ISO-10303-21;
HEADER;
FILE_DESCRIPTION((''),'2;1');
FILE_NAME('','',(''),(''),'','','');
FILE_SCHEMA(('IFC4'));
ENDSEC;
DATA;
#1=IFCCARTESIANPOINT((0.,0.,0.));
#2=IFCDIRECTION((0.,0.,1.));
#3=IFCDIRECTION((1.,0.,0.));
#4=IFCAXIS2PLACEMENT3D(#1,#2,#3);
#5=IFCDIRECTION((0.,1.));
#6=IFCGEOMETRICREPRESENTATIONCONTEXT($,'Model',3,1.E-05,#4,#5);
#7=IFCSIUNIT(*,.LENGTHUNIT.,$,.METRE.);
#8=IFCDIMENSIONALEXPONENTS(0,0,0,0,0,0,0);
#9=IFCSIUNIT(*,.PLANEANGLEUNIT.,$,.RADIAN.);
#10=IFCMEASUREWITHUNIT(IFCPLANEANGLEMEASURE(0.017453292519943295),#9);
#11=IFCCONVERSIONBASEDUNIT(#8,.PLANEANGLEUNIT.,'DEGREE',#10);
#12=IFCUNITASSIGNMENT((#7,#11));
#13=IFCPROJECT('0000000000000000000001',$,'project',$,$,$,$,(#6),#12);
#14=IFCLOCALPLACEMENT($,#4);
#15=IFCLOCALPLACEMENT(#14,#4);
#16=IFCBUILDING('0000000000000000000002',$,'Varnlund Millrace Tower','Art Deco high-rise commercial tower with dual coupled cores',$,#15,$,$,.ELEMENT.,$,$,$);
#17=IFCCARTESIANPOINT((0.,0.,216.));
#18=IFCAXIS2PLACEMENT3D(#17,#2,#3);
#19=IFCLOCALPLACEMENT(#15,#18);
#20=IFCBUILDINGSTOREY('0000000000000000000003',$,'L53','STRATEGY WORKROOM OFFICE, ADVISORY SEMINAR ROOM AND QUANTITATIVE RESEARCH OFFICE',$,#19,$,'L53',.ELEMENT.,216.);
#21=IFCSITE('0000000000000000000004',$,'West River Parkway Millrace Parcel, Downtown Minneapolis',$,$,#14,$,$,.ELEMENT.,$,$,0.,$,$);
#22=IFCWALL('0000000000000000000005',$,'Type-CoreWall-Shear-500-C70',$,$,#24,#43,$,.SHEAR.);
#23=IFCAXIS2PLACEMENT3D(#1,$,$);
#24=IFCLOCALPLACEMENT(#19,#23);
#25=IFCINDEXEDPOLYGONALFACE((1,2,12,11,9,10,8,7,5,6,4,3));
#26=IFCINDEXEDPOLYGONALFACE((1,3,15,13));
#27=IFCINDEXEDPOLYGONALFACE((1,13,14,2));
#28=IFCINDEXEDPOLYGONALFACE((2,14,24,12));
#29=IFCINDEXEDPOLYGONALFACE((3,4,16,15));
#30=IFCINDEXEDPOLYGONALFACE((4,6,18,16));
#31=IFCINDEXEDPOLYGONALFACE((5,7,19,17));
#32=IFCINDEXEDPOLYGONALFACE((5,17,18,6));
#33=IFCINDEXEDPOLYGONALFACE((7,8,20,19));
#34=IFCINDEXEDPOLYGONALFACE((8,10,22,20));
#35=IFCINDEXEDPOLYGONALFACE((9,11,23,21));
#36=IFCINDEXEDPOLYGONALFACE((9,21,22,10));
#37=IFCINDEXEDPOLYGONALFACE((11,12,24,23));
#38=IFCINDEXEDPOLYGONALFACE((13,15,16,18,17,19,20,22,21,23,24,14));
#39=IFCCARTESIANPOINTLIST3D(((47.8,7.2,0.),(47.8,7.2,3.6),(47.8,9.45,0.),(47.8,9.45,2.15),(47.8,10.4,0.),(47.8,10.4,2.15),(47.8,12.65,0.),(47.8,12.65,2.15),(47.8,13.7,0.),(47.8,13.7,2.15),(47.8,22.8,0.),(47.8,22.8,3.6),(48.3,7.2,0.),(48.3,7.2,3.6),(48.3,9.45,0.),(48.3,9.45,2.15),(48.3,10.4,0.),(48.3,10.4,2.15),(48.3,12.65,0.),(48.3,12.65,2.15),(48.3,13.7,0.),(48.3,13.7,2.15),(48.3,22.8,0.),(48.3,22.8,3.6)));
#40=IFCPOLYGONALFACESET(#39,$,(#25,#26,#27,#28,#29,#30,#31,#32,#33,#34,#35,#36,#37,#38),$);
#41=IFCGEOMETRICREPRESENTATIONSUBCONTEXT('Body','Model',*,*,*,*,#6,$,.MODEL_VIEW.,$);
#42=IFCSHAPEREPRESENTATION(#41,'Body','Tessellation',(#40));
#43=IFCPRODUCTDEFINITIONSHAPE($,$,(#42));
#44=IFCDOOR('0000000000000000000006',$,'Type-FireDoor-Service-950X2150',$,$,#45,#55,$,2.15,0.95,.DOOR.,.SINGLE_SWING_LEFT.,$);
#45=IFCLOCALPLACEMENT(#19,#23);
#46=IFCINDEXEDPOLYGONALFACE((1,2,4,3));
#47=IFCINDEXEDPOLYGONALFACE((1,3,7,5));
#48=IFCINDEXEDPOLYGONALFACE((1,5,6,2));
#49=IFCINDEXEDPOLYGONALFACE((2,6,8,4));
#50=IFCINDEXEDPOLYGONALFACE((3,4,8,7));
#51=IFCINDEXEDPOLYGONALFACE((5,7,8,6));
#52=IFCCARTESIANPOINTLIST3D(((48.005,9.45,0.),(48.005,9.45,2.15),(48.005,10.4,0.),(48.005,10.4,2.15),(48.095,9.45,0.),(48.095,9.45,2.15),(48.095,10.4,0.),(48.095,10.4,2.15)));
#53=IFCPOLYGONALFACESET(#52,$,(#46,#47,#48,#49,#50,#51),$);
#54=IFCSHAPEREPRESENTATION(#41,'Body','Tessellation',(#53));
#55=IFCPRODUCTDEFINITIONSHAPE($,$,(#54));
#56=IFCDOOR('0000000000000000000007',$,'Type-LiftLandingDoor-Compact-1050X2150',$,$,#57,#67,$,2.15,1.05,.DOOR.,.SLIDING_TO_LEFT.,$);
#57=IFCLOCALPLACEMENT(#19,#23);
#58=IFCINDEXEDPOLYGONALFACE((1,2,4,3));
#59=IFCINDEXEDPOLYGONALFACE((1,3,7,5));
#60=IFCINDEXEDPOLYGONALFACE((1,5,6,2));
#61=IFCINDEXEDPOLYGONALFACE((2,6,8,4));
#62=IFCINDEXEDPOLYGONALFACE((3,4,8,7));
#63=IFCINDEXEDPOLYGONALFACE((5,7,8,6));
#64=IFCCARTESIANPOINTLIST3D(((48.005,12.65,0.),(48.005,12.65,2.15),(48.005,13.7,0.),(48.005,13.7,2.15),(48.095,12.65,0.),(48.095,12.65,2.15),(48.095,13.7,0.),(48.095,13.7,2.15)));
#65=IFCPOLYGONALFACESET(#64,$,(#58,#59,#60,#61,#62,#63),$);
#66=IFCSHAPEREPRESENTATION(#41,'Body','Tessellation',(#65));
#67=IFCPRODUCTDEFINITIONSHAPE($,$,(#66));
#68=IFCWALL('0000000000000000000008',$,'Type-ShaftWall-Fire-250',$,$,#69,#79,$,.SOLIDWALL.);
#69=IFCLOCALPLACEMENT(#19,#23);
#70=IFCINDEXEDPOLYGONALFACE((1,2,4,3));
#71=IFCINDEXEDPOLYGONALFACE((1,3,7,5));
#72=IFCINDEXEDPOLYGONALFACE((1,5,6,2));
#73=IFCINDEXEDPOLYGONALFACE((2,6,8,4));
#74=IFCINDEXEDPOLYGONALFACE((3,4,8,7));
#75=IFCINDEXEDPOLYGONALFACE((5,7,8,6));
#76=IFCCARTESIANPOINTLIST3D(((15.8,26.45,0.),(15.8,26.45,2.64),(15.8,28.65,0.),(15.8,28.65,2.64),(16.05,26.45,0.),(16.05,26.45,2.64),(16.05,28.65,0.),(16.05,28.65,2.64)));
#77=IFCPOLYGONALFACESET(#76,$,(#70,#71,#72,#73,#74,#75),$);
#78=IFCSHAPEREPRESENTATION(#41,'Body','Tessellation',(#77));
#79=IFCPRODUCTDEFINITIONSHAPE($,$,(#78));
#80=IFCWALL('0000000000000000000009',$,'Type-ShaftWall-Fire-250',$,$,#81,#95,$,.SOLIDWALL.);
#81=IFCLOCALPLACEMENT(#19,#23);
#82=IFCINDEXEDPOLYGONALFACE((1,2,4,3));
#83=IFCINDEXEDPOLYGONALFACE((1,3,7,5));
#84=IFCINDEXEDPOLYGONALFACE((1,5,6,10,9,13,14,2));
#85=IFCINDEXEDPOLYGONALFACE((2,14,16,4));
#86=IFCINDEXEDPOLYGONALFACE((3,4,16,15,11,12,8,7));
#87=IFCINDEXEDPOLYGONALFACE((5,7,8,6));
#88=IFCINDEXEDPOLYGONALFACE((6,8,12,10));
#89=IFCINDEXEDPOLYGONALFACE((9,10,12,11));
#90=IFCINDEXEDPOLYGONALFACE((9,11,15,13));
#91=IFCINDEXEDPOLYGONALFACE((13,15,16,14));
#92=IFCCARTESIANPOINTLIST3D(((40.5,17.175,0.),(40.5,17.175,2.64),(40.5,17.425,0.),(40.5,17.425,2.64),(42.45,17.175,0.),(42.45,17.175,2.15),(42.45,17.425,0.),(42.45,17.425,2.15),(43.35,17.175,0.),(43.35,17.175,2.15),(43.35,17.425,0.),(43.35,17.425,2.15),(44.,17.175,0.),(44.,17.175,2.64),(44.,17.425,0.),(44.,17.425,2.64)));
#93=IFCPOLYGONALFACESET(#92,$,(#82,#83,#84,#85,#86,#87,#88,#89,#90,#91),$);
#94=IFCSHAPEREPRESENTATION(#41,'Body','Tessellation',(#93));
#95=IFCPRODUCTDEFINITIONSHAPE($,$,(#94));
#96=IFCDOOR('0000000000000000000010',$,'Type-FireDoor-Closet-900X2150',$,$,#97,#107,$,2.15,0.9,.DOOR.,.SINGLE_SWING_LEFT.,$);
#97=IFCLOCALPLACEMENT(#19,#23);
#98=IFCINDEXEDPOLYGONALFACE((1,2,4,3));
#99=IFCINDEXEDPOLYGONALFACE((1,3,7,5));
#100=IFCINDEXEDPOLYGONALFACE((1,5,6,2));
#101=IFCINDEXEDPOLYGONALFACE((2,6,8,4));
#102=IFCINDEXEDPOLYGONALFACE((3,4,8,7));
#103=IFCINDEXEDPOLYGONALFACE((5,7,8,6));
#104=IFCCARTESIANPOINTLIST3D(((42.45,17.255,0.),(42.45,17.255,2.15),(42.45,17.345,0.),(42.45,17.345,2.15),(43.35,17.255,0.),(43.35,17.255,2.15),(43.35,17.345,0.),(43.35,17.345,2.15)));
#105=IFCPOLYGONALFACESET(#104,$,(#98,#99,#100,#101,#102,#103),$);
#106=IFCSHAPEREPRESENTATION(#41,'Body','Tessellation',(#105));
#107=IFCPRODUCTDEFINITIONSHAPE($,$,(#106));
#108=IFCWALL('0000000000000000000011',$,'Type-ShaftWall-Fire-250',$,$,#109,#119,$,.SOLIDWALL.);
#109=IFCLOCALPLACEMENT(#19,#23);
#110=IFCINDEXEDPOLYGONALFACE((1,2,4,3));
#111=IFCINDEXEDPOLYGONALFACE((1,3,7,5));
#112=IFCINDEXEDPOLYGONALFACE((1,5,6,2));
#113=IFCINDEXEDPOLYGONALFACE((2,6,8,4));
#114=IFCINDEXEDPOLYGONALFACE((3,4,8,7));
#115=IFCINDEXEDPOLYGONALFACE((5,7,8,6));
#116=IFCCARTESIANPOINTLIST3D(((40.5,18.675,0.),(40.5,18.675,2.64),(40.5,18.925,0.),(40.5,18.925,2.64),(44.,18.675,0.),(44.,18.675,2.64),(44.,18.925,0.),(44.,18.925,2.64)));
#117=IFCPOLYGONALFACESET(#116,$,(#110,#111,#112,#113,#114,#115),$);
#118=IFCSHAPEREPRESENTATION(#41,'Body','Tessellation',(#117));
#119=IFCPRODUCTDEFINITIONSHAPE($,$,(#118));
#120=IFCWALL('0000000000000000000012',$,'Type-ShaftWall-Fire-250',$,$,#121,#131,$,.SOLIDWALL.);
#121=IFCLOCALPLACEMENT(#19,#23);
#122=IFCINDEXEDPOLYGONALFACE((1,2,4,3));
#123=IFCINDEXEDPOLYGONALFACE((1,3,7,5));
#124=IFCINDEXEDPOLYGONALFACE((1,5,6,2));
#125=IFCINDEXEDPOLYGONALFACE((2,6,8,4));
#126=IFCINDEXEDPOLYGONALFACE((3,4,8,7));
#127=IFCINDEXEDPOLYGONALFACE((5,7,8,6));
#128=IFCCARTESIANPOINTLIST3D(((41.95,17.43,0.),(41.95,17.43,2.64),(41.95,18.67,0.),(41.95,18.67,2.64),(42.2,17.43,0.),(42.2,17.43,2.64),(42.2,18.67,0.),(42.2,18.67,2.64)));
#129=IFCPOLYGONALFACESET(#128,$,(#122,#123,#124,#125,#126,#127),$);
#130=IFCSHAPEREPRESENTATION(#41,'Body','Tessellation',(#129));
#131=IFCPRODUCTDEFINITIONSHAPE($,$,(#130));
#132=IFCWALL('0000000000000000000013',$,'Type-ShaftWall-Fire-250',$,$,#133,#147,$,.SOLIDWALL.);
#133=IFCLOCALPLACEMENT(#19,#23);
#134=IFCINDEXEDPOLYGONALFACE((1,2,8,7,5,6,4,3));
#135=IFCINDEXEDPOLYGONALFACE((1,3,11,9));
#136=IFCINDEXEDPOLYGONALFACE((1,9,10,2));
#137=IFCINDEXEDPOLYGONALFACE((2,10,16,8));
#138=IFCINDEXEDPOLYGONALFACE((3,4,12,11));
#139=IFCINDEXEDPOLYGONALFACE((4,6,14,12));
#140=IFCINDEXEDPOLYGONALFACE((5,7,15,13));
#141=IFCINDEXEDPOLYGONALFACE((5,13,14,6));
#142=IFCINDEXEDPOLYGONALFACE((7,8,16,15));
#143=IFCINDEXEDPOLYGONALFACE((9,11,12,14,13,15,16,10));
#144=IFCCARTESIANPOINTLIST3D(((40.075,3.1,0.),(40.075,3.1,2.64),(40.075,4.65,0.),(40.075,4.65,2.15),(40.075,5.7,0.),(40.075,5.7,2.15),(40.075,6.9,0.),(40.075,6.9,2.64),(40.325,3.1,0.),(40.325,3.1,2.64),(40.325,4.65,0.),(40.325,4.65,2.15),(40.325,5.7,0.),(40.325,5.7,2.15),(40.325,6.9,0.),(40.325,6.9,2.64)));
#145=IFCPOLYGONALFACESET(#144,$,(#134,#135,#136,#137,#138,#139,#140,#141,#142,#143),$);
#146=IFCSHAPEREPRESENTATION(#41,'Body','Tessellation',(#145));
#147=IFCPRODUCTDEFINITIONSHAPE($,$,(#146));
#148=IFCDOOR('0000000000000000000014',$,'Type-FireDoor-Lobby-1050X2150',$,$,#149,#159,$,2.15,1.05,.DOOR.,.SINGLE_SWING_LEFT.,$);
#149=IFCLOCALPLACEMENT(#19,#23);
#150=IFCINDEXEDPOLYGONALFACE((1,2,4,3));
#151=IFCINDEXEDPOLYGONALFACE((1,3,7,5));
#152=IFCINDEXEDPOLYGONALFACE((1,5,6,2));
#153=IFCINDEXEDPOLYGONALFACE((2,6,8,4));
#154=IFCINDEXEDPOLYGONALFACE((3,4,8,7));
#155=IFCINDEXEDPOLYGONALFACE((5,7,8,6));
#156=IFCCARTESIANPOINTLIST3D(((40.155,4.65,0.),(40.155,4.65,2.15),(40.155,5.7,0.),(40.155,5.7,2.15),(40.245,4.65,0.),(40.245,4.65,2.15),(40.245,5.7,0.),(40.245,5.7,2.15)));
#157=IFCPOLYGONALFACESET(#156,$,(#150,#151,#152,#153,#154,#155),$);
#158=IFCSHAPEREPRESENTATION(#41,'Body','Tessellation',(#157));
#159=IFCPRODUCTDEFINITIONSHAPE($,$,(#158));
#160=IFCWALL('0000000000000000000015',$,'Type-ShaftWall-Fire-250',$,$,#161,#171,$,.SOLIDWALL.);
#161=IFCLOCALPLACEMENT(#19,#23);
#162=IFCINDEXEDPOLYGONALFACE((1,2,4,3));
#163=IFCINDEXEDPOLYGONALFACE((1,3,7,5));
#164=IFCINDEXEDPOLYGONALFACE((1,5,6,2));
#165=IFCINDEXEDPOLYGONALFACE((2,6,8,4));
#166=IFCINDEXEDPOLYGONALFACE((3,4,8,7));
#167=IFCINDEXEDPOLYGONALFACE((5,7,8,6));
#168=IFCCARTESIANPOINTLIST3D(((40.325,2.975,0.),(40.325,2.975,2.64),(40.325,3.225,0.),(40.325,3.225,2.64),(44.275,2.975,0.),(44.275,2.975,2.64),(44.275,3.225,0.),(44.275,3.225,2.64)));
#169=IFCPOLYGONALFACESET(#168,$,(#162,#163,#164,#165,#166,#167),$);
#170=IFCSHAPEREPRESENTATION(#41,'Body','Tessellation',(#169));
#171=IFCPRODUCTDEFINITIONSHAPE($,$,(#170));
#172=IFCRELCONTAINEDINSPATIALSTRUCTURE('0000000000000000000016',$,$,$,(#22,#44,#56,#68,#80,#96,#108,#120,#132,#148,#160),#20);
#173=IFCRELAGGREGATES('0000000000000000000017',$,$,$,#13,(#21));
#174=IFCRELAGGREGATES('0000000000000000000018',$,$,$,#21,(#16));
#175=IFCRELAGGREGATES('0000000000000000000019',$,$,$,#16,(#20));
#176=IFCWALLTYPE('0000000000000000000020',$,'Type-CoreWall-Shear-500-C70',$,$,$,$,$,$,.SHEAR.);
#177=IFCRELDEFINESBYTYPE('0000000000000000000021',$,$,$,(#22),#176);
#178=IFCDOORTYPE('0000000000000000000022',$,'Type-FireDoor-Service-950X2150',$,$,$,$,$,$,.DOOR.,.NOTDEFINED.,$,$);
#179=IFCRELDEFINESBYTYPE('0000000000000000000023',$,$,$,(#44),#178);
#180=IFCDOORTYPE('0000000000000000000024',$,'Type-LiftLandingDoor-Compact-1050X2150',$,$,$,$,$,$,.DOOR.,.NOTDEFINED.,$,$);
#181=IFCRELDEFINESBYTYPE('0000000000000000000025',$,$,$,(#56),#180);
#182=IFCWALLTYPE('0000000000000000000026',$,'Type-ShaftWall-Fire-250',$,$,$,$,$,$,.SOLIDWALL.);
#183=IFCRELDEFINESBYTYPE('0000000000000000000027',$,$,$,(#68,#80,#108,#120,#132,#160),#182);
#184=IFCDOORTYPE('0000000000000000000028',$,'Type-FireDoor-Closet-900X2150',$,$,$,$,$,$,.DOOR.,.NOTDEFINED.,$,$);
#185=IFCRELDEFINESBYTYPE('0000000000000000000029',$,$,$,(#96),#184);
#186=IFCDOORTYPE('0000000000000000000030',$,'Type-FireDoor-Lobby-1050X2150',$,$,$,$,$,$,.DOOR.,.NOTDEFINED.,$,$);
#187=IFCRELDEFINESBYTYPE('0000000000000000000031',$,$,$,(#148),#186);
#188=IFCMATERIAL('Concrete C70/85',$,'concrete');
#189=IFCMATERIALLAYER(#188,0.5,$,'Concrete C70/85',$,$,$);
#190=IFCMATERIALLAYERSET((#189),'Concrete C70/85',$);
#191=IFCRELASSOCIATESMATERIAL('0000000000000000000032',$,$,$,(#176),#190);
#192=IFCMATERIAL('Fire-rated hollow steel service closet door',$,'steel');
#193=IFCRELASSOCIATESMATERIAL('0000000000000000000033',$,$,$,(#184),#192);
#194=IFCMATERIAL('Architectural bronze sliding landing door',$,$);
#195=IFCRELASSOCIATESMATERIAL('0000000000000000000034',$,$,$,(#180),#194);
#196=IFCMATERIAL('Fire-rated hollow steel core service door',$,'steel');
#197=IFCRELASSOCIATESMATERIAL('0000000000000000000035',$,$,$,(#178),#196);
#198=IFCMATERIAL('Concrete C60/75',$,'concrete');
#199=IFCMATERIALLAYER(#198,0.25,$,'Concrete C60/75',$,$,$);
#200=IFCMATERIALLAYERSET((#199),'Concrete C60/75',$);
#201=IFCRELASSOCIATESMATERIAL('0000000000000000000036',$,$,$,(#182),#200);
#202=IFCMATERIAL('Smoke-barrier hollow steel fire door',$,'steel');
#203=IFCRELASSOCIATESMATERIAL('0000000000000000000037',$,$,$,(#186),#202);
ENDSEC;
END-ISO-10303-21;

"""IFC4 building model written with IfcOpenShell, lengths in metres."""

from ifc_helpers import new_model, entity, si_unit, converted_unit, direction, frame, origin_with_axes, origin_2d_with_axis, place, context, subcontext, project, spatial, polyline, rectangle, outline, extrude, material, layer, layer_set, type_object, element, fill, save


model = new_model("IFC4")

# Units and contexts
model_context = context("Model", 3, precision=1e-05, world=origin_with_axes(), true_north=direction((0.0, 1.0)))
body_context = subcontext(model_context, "Body", "Model", "MODEL_VIEW")
ifc_project = project(units=[si_unit("LENGTHUNIT", "METRE"), converted_unit("PLANEANGLEUNIT", "DEGREE", entity("IfcPlaneAngleMeasure", 0.017453292519943295), si_unit("PLANEANGLEUNIT", "RADIAN"), dimensions=[0, 0, 0, 0, 0, 0, 0])], contexts=[model_context])

# Site, building, storey
site_placement = place(None, origin_with_axes())
site = spatial("IfcSite", under=ifc_project, at=site_placement, Name="West River Parkway Millrace Parcel, Downtown Minneapolis", CompositionType="ELEMENT", RefElevation=0.0)
building_placement = place(site_placement, origin_with_axes())
building = spatial("IfcBuilding", under=site, at=building_placement, Name="Varnlund Millrace Tower", Description="Art Deco high-rise commercial tower with dual coupled cores", CompositionType="ELEMENT")
storey_placement = place(building_placement, frame((0.0, 0.0, 216.0), z_axis=(0.0, 0.0, 1.0), x_axis=(1.0, 0.0, 0.0)))
storey = spatial("IfcBuildingStorey", under=building, at=storey_placement, Name="L53", Description="STRATEGY WORKROOM OFFICE, ADVISORY SEMINAR ROOM AND QUANTITATIVE RESEARCH OFFICE", LongName="L53", CompositionType="ELEMENT", Elevation=216.0)

# Shared definitions
ifc_material_1 = material(Name="Concrete C70/85", Category="concrete")
ifc_layer_1 = layer(ifc_material_1, 0.5, Name="Concrete C70/85")
ifc_layer_set_1 = layer_set([ifc_layer_1], Name="Concrete C70/85")
wall_type_1 = type_object("IfcWallType", Name="Type-CoreWall-Shear-500-C70", PredefinedType="SHEAR", material=ifc_layer_set_1)
ifc_material_2 = material(Name="Fire-rated hollow steel service closet door", Category="steel")
door_type_1 = type_object("IfcDoorType", Name="Type-FireDoor-Closet-900X2150", OperationType="NOTDEFINED", PredefinedType="DOOR", material=ifc_material_2)
ifc_material_3 = material(Name="Architectural bronze sliding landing door")
door_type_2 = type_object("IfcDoorType", Name="Type-LiftLandingDoor-Compact-1050X2150", OperationType="NOTDEFINED", PredefinedType="DOOR", material=ifc_material_3)

# Wall, openings, doors
wall_1_placement = place(storey_placement, frame((48.05, 7.2, 0.0), z_axis=(0.0, 0.0, 1.0), x_axis=(0.0, 1.0, 0.0)))
wall_1 = element("IfcWall", 1, at=wall_1_placement, inside=storey, type_object=wall_type_1, Name="Type-CoreWall-Shear-500-C70", PredefinedType="SHEAR", context=body_context, shape_type="SweptSolid", body=[
    extrude(outline(polyline([(0.0, -0.25), (15.6, -0.25), (15.6, 0.25), (0.0, 0.25), (0.0, -0.25)])), origin_with_axes(), (0.0, 0.0, 1.0), 3.6),
])
opening_1_placement = place(wall_1_placement, frame((5.975, 0.0, 0.0), z_axis=(0.0, 0.0, 1.0), x_axis=(1.0, 0.0, 0.0)))
opening_1 = element("IfcOpeningElement", 2, at=opening_1_placement, cuts=wall_1, PredefinedType="OPENING", context=body_context, shape_type="SweptSolid", body=[
    extrude(rectangle(XDim=1.05, YDim=0.52, at=origin_2d_with_axis()), origin_with_axes(), (0.0, 0.0, 1.0), 2.15),
])
opening_2_placement = place(wall_1_placement, frame((2.725, 0.0, 0.0), z_axis=(0.0, 0.0, 1.0), x_axis=(1.0, 0.0, 0.0)))
opening_2 = element("IfcOpeningElement", 3, at=opening_2_placement, cuts=wall_1, PredefinedType="OPENING", context=body_context, shape_type="SweptSolid", body=[
    extrude(rectangle(XDim=0.95, YDim=0.52, at=origin_2d_with_axis()), origin_with_axes(), (0.0, 0.0, 1.0), 2.15),
])
ifc_material_4 = material(Name="Fire-rated hollow steel core service door", Category="steel")
door_type_3 = type_object("IfcDoorType", Name="Type-FireDoor-Service-950X2150", OperationType="NOTDEFINED", PredefinedType="DOOR", material=ifc_material_4)
door_1_placement = place(wall_1_placement, frame((2.725, 0.0, 0.0), z_axis=(0.0, 0.0, 1.0), x_axis=(1.0, 0.0, 0.0)))
door_1 = element("IfcDoor", 4, at=door_1_placement, inside=storey, type_object=door_type_3, Name="Type-FireDoor-Service-950X2150", OperationType="SINGLE_SWING_LEFT", OverallHeight=2.15, OverallWidth=0.95, PredefinedType="DOOR", context=body_context, shape_type="SweptSolid", body=[
    extrude(rectangle(XDim=0.95, YDim=0.09, at=origin_2d_with_axis()), origin_with_axes(), (0.0, 0.0, 1.0), 2.15),
])
fill(opening_2, door_1)
door_2_placement = place(wall_1_placement, frame((5.975, 0.0, 0.0), z_axis=(0.0, 0.0, 1.0), x_axis=(1.0, 0.0, 0.0)))
door_2 = element("IfcDoor", 5, at=door_2_placement, inside=storey, type_object=door_type_2, Name="Type-LiftLandingDoor-Compact-1050X2150", OperationType="SLIDING_TO_LEFT", OverallHeight=2.15, OverallWidth=1.05, PredefinedType="DOOR", context=body_context, shape_type="SweptSolid", body=[
    extrude(rectangle(XDim=1.05, YDim=0.09, at=origin_2d_with_axis()), origin_with_axes(), (0.0, 0.0, 1.0), 2.15),
])
fill(opening_1, door_2)

# Wall
ifc_material_5 = material(Name="Concrete C60/75", Category="concrete")
ifc_layer_2 = layer(ifc_material_5, 0.25, Name="Concrete C60/75")
ifc_layer_set_2 = layer_set([ifc_layer_2], Name="Concrete C60/75")
wall_type_2 = type_object("IfcWallType", Name="Type-ShaftWall-Fire-250", PredefinedType="SOLIDWALL", material=ifc_layer_set_2)
wall_2_placement = place(storey_placement, frame((15.925, 26.45, 0.0), z_axis=(0.0, 0.0, 1.0), x_axis=(0.0, 1.0, 0.0)))
element("IfcWall", 6, at=wall_2_placement, inside=storey, type_object=wall_type_2, Name="Type-ShaftWall-Fire-250", PredefinedType="SOLIDWALL", context=body_context, shape_type="SweptSolid", body=[
    extrude(outline(polyline([(0.0, -0.125), (2.2, -0.125), (2.2, 0.125), (0.0, 0.125), (0.0, -0.125)])), origin_with_axes(), (0.0, 0.0, 1.0), 2.64),
])

# Wall, opening, door
wall_3_placement = place(storey_placement, frame((40.5, 17.3, 0.0), z_axis=(0.0, 0.0, 1.0), x_axis=(1.0, 0.0, 0.0)))
wall_3 = element("IfcWall", 7, at=wall_3_placement, inside=storey, type_object=wall_type_2, Name="Type-ShaftWall-Fire-250", PredefinedType="SOLIDWALL", context=body_context, shape_type="SweptSolid", body=[
    extrude(outline(polyline([(0.0, -0.125), (3.5, -0.125), (3.5, 0.125), (0.0, 0.125), (0.0, -0.125)])), origin_with_axes(), (0.0, 0.0, 1.0), 2.64),
])
opening_3_placement = place(wall_3_placement, frame((2.4, 0.0, 0.0), z_axis=(0.0, 0.0, 1.0), x_axis=(1.0, 0.0, 0.0)))
opening_3 = element("IfcOpeningElement", 8, at=opening_3_placement, cuts=wall_3, PredefinedType="OPENING", context=body_context, shape_type="SweptSolid", body=[
    extrude(rectangle(XDim=0.9, YDim=0.27, at=origin_2d_with_axis()), origin_with_axes(), (0.0, 0.0, 1.0), 2.15),
])
door_3_placement = place(wall_3_placement, frame((2.4, 0.0, 0.0), z_axis=(0.0, 0.0, 1.0), x_axis=(1.0, 0.0, 0.0)))
door_3 = element("IfcDoor", 9, at=door_3_placement, inside=storey, type_object=door_type_1, Name="Type-FireDoor-Closet-900X2150", OperationType="SINGLE_SWING_LEFT", OverallHeight=2.15, OverallWidth=0.9, PredefinedType="DOOR", context=body_context, shape_type="SweptSolid", body=[
    extrude(rectangle(XDim=0.9, YDim=0.09, at=origin_2d_with_axis()), origin_with_axes(), (0.0, 0.0, 1.0), 2.15),
])
fill(opening_3, door_3)

# Walls
wall_4_placement = place(storey_placement, frame((40.5, 18.8, 0.0), z_axis=(0.0, 0.0, 1.0), x_axis=(1.0, 0.0, 0.0)))
element("IfcWall", 10, at=wall_4_placement, inside=storey, type_object=wall_type_2, Name="Type-ShaftWall-Fire-250", PredefinedType="SOLIDWALL", context=body_context, shape_type="SweptSolid", body=[
    extrude(outline(polyline([(0.0, -0.125), (3.5, -0.125), (3.5, 0.125), (0.0, 0.125), (0.0, -0.125)])), origin_with_axes(), (0.0, 0.0, 1.0), 2.64),
])
wall_5_placement = place(storey_placement, frame((42.075, 17.43, 0.0), z_axis=(0.0, 0.0, 1.0), x_axis=(0.0, 1.0, 0.0)))
element("IfcWall", 11, at=wall_5_placement, inside=storey, type_object=wall_type_2, Name="Type-ShaftWall-Fire-250", PredefinedType="SOLIDWALL", context=body_context, shape_type="SweptSolid", body=[
    extrude(outline(polyline([(0.0, -0.125), (1.24, -0.125), (1.24, 0.125), (0.0, 0.125), (0.0, -0.125)])), origin_with_axes(), (0.0, 0.0, 1.0), 2.64),
])

# Wall, opening, door
wall_6_placement = place(storey_placement, frame((40.2, 3.1, 0.0), z_axis=(0.0, 0.0, 1.0), x_axis=(0.0, 1.0, 0.0)))
wall_6 = element("IfcWall", 12, at=wall_6_placement, inside=storey, type_object=wall_type_2, Name="Type-ShaftWall-Fire-250", PredefinedType="SOLIDWALL", context=body_context, shape_type="SweptSolid", body=[
    extrude(outline(polyline([(0.0, -0.125), (3.8, -0.125), (3.8, 0.125), (0.0, 0.125), (0.0, -0.125)])), origin_with_axes(), (0.0, 0.0, 1.0), 2.64),
])
opening_4_placement = place(wall_6_placement, frame((2.075, 0.0, 0.0), z_axis=(0.0, 0.0, 1.0), x_axis=(1.0, 0.0, 0.0)))
opening_4 = element("IfcOpeningElement", 13, at=opening_4_placement, cuts=wall_6, PredefinedType="OPENING", context=body_context, shape_type="SweptSolid", body=[
    extrude(rectangle(XDim=1.05, YDim=0.27, at=origin_2d_with_axis()), origin_with_axes(), (0.0, 0.0, 1.0), 2.15),
])
ifc_material_6 = material(Name="Smoke-barrier hollow steel fire door", Category="steel")
door_type_4 = type_object("IfcDoorType", Name="Type-FireDoor-Lobby-1050X2150", OperationType="NOTDEFINED", PredefinedType="DOOR", material=ifc_material_6)
door_4_placement = place(wall_6_placement, frame((2.075, 0.0, 0.0), z_axis=(0.0, 0.0, 1.0), x_axis=(1.0, 0.0, 0.0)))
door_4 = element("IfcDoor", 14, at=door_4_placement, inside=storey, type_object=door_type_4, Name="Type-FireDoor-Lobby-1050X2150", OperationType="SINGLE_SWING_LEFT", OverallHeight=2.15, OverallWidth=1.05, PredefinedType="DOOR", context=body_context, shape_type="SweptSolid", body=[
    extrude(rectangle(XDim=1.05, YDim=0.09, at=origin_2d_with_axis()), origin_with_axes(), (0.0, 0.0, 1.0), 2.15),
])
fill(opening_4, door_4)

# Wall
wall_7_placement = place(storey_placement, frame((40.325, 3.1, 0.0), z_axis=(0.0, 0.0, 1.0), x_axis=(1.0, 0.0, 0.0)))
element("IfcWall", 15, at=wall_7_placement, inside=storey, type_object=wall_type_2, Name="Type-ShaftWall-Fire-250", PredefinedType="SOLIDWALL", context=body_context, shape_type="SweptSolid", body=[
    extrude(outline(polyline([(0.0, -0.125), (3.95, -0.125), (3.95, 0.125), (0.0, 0.125), (0.0, -0.125)])), origin_with_axes(), (0.0, 0.0, 1.0), 2.64),
])

save(model, "model.ifc")
